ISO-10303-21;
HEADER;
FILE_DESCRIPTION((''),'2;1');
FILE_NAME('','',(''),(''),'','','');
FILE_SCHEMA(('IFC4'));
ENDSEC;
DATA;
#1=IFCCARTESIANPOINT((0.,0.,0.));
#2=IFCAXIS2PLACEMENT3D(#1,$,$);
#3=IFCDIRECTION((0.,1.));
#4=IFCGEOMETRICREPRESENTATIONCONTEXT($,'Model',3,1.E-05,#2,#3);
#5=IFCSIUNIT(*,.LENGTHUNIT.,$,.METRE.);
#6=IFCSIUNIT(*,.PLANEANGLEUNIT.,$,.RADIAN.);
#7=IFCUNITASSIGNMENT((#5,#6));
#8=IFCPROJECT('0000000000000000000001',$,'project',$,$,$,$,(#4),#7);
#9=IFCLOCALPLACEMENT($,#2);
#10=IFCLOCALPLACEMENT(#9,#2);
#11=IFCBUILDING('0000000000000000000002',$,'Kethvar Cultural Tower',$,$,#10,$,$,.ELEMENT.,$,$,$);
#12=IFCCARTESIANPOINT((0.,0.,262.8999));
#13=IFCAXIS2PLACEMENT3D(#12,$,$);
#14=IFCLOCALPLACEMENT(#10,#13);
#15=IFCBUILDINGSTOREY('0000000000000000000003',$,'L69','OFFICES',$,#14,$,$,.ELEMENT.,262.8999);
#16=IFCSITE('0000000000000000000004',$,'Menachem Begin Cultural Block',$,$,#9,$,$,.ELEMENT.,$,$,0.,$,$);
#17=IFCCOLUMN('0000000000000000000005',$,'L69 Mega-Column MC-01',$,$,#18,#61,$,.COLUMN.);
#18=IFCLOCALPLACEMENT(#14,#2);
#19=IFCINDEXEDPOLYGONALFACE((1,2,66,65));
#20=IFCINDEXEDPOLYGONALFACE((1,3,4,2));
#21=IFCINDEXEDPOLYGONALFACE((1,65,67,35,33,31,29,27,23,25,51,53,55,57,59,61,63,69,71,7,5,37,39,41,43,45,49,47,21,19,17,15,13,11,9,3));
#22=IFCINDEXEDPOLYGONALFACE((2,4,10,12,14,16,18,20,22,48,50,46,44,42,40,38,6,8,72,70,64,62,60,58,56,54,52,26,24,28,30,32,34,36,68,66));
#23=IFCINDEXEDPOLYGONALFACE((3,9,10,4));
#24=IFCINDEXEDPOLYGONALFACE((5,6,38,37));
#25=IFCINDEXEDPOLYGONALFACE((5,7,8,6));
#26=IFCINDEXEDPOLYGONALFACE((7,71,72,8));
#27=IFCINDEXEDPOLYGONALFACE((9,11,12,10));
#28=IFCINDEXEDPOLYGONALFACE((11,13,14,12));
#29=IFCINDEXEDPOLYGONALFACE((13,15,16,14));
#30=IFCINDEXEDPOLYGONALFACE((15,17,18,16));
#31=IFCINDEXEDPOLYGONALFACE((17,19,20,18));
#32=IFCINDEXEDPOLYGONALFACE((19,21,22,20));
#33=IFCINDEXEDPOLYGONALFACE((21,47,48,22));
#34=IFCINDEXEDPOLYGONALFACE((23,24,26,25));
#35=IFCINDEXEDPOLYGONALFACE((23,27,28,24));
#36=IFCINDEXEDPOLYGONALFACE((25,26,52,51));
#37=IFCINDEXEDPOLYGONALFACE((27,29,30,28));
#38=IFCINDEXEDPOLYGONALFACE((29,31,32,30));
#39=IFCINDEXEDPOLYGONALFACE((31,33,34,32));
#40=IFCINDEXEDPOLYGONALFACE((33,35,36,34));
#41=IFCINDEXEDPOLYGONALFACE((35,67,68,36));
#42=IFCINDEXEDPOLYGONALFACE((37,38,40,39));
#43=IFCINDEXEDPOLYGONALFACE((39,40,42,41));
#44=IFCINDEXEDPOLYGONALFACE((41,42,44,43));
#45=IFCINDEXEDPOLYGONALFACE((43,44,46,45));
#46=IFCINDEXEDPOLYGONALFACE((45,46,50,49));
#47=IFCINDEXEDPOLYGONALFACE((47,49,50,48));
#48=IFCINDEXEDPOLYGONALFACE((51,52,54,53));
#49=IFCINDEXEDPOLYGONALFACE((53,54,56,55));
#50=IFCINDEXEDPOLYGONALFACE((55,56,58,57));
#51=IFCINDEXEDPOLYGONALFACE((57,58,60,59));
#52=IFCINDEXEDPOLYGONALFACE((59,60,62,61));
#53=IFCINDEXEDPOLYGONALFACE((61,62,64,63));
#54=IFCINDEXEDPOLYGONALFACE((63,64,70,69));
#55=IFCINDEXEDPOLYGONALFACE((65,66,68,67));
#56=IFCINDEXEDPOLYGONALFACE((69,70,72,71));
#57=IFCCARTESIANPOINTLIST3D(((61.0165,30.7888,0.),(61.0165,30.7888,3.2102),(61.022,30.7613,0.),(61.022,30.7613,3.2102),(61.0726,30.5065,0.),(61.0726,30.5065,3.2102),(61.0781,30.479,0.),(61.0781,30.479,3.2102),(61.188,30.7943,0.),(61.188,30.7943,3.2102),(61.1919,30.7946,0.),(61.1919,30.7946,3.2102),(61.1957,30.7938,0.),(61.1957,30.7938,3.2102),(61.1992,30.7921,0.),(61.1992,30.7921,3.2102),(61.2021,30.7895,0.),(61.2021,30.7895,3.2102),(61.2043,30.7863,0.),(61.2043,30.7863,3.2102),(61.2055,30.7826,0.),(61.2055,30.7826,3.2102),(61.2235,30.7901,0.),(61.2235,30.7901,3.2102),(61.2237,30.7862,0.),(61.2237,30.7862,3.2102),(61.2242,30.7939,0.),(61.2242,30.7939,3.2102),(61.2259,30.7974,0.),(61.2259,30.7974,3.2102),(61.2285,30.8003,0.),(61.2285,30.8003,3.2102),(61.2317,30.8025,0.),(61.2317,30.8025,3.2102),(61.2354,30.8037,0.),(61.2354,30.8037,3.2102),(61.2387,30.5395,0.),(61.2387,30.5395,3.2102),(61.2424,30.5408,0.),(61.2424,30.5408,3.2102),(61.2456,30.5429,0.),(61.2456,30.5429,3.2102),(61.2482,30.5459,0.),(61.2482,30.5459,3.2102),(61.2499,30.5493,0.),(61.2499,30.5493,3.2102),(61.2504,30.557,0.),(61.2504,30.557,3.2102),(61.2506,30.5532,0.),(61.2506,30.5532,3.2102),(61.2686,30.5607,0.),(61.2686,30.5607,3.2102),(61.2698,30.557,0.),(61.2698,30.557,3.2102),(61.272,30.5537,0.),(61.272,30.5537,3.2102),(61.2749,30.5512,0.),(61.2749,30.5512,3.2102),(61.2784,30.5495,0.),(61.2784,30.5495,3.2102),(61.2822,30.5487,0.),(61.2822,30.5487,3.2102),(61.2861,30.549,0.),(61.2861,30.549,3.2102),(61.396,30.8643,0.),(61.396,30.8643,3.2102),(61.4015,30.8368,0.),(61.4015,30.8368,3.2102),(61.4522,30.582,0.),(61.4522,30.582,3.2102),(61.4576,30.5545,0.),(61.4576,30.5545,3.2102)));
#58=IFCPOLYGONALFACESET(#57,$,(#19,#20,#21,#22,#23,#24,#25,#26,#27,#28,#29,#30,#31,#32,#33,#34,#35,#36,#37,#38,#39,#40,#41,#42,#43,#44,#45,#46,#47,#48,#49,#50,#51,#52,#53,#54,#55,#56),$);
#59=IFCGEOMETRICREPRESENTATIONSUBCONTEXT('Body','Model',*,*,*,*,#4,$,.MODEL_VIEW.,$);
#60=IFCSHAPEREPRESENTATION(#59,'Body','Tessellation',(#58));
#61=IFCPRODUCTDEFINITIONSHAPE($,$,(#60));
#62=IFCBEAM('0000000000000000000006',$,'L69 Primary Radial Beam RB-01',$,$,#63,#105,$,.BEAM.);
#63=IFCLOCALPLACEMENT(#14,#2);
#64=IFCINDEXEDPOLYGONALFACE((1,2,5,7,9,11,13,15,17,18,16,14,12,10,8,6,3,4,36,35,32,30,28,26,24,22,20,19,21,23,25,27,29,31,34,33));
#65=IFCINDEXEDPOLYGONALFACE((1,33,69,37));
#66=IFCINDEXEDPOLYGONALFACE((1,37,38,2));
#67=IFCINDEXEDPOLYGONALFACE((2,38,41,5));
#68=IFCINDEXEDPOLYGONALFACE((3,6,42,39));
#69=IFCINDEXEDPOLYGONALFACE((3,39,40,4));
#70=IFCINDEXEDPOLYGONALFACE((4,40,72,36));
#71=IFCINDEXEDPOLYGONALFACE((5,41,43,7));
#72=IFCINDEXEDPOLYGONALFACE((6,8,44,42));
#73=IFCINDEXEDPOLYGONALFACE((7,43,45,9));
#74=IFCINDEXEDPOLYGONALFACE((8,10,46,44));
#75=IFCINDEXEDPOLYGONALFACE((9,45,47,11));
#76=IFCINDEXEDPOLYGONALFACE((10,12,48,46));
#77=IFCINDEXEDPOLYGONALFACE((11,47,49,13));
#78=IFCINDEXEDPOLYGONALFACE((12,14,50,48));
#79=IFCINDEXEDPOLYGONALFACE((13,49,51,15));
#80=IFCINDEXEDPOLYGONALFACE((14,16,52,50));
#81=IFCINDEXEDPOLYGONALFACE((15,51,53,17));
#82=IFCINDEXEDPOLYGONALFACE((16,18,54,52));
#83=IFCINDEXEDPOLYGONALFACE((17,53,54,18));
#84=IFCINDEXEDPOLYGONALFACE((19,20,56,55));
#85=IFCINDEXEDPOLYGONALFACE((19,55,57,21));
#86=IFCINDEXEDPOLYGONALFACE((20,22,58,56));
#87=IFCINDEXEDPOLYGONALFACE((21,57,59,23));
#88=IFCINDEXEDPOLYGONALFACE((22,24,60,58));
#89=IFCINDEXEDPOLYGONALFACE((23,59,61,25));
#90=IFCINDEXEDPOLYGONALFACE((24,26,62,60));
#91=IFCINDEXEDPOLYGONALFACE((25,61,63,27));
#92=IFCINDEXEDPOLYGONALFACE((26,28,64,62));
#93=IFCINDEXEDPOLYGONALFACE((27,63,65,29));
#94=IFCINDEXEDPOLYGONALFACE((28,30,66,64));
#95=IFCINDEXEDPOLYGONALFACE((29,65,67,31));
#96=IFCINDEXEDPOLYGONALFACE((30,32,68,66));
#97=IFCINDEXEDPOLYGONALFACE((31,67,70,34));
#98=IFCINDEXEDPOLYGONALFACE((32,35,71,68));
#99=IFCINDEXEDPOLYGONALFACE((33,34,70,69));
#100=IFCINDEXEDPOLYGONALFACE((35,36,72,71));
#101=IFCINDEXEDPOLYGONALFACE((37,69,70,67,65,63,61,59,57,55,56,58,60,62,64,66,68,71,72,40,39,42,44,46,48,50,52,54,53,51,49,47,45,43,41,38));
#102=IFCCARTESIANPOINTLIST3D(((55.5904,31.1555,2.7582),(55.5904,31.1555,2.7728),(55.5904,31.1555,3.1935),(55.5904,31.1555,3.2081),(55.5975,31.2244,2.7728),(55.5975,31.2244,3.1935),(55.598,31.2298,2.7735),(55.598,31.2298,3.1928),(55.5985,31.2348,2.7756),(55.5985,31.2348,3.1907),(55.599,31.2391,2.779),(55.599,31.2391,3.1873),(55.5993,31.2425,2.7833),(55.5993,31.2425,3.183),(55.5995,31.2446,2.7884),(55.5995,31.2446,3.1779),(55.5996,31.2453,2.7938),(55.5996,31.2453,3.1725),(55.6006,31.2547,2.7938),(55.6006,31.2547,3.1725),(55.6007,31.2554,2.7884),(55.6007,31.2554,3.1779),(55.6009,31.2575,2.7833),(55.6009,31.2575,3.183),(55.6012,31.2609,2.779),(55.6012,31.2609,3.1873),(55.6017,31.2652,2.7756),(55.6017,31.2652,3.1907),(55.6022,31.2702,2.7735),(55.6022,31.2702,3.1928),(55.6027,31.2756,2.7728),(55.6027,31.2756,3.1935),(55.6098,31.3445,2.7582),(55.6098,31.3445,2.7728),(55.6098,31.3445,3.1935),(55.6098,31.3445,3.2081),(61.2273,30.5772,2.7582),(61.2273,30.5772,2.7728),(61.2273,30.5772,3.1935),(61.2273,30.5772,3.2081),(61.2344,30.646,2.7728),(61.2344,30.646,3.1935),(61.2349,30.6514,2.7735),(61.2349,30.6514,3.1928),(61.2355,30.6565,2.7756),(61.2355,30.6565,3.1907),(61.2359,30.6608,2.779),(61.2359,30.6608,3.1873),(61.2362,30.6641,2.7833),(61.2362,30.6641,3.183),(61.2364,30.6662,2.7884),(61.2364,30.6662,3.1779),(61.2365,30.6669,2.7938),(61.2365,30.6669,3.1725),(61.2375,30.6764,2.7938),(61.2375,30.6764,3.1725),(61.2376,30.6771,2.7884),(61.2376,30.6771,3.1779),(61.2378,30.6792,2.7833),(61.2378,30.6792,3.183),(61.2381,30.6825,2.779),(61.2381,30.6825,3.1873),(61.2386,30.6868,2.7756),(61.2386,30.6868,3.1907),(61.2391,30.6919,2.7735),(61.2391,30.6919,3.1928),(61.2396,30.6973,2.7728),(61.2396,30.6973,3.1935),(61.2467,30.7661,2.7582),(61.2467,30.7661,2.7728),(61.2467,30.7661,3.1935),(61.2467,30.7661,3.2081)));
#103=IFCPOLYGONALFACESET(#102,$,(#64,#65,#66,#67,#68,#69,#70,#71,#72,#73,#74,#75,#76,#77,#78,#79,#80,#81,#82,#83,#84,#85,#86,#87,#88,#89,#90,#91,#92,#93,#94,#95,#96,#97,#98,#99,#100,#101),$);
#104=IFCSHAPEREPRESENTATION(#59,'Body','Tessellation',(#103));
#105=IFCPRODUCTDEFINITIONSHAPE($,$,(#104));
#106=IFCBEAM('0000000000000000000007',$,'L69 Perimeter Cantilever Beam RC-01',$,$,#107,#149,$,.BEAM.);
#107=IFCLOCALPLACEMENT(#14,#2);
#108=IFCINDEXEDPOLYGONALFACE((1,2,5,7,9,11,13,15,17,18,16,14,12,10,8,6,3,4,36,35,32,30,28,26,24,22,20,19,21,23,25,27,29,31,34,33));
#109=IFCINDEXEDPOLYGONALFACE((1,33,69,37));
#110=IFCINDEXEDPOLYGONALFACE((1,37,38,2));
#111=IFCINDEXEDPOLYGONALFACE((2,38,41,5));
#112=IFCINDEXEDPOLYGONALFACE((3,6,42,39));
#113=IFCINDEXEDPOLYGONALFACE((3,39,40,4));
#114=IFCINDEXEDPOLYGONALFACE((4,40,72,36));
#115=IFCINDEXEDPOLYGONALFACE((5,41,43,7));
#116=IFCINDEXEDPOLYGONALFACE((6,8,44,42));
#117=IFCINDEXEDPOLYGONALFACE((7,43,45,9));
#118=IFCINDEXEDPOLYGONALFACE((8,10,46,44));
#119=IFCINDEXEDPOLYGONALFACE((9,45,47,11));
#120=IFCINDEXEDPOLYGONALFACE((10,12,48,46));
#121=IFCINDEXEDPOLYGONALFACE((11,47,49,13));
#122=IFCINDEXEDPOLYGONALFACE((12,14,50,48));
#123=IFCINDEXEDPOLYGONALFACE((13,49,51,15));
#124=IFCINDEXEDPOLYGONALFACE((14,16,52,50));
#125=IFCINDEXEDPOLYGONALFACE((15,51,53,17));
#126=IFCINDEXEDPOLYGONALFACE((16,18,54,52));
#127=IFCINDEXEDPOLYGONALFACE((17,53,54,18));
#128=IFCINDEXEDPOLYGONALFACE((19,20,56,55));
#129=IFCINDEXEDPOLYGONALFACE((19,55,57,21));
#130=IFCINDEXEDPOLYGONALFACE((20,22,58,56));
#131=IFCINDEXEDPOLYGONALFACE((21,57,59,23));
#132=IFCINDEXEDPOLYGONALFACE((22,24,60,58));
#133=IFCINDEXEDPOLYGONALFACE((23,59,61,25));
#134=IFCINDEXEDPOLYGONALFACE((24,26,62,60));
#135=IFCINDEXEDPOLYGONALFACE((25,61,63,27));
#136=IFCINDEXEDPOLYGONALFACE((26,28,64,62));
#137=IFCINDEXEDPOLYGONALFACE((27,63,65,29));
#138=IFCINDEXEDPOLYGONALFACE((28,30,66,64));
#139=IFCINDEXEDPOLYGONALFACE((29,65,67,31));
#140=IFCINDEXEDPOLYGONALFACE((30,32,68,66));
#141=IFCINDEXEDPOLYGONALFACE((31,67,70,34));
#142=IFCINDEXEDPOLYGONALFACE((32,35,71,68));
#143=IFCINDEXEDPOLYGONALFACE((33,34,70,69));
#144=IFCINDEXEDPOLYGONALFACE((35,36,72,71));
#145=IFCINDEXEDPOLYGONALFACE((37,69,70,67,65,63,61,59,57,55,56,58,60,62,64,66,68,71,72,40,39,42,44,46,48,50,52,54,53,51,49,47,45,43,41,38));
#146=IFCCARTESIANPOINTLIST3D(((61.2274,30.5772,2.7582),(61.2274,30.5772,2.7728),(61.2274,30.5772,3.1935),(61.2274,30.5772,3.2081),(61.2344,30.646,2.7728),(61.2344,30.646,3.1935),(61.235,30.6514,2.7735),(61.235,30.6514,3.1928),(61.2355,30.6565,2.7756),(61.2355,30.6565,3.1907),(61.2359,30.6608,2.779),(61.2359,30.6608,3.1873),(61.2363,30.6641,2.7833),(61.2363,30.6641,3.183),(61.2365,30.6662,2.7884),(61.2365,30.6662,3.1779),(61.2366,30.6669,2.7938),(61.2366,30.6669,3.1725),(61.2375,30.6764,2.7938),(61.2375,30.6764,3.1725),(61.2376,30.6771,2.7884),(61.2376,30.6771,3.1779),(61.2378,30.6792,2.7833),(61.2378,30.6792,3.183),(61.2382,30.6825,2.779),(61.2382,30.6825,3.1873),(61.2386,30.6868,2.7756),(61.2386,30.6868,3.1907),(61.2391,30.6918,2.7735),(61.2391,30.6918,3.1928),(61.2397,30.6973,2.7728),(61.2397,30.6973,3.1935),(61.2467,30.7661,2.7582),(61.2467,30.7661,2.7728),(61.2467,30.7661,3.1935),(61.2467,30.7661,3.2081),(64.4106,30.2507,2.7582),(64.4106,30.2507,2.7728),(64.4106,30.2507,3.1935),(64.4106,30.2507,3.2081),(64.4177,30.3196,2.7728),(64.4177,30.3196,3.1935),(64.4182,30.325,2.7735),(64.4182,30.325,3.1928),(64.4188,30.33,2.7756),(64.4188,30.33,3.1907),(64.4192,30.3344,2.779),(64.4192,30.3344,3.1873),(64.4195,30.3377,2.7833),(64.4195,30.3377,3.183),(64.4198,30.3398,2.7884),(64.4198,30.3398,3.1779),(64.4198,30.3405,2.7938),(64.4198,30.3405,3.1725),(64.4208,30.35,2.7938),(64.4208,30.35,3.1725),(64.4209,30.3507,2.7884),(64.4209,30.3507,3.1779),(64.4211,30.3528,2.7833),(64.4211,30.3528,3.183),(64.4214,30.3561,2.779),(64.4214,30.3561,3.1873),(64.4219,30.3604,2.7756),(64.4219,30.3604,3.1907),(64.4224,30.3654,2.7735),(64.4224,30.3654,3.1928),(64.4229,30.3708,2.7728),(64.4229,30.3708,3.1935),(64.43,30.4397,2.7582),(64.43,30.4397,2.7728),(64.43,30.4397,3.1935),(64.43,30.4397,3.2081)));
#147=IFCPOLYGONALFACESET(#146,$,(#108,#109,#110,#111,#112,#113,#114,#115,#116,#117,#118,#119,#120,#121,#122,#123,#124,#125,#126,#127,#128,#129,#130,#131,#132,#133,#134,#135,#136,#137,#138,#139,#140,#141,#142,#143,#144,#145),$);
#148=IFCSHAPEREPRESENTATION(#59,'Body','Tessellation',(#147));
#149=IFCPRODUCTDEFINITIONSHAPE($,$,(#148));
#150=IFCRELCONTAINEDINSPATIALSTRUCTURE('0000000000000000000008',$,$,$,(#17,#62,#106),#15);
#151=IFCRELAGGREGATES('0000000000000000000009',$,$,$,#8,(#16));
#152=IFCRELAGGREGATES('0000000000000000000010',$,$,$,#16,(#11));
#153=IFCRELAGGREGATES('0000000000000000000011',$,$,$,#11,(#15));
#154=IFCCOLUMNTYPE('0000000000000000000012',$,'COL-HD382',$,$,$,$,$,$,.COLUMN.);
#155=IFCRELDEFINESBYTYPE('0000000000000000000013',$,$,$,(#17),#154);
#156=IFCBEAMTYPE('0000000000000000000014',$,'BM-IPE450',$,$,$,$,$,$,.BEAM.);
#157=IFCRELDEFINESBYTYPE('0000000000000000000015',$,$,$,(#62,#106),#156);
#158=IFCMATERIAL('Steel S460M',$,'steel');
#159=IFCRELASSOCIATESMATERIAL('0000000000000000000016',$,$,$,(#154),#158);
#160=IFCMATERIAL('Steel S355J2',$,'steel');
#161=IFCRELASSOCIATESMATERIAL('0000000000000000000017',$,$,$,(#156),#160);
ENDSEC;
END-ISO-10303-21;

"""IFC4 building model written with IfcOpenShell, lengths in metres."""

from ifc_helpers import new_model, si_unit, direction, frame, origin, origin_2d, place, context, subcontext, project, spatial, i_section, extrude, source, transform, mapped, material, material_profile, profile_set, type_object, element, save


model = new_model("IFC4")

# Units and contexts
model_context = context("Model", 3, precision=1e-05, world=origin(), true_north=direction((0.0, 1.0)))
body_context = subcontext(model_context, "Body", "Model", "MODEL_VIEW")
ifc_project = project(units=[si_unit("LENGTHUNIT", "METRE"), si_unit("PLANEANGLEUNIT", "RADIAN")], contexts=[model_context])

# Site, building, storey
site_placement = place(None, origin())
site = spatial("IfcSite", under=ifc_project, at=site_placement, Name="Menachem Begin Cultural Block", CompositionType="ELEMENT", RefElevation=0.0)
building_placement = place(site_placement, origin())
building = spatial("IfcBuilding", under=site, at=building_placement, Name="Kethvar Cultural Tower", CompositionType="ELEMENT")
storey_placement = place(building_placement, frame((0.0, 0.0, 262.8999)))
storey = spatial("IfcBuildingStorey", under=building, at=storey_placement, Name="L69", Description="OFFICES", CompositionType="ELEMENT", Elevation=262.8999)

# Column
ifc_material_1 = material(Name="Steel S460M", Category="steel")
ifc_material_profile_1 = material_profile(ifc_material_1, i_section(OverallWidth=0.387, OverallDepth=0.3159, WebThickness=0.0186, FlangeThickness=0.0281, FilletRadius=0.0149, at=origin_2d()), Name="Steel S460M — HD400x382")
ifc_profile_set_1 = profile_set([ifc_material_profile_1], Name="Steel S460M — HD400x382")
column_type = type_object("IfcColumnType", Name="COL-HD382", PredefinedType="COLUMN", material=ifc_profile_set_1)
shared_shape_1 = source(origin(), body_context, "Body", "SweptSolid", [
    extrude(i_section(OverallWidth=0.387, OverallDepth=0.3159, WebThickness=0.0186, FlangeThickness=0.0281, FilletRadius=0.0149, at=origin_2d()), origin(), (0.0, 0.0, 1.0), 3.2102),
])
column_placement = place(storey_placement, frame((61.2371, 30.6716, 0.0), z_axis=(0.0, 0.0, 1.0), x_axis=(0.980785, 0.19509, 0.0)))
element("IfcColumn", 1, at=column_placement, inside=storey, type_object=column_type, Name="L69 Mega-Column MC-01", PredefinedType="COLUMN", context=body_context, shape_type="MappedRepresentation", body=[
    mapped(shared_shape_1, transform((0.0, 0.0, 0.0), scale=1.0)),
])

# Beams
ifc_material_2 = material(Name="Steel S355J2", Category="steel")
ifc_material_profile_2 = material_profile(ifc_material_2, i_section(OverallWidth=0.1899, OverallDepth=0.45, WebThickness=0.0095, FlangeThickness=0.0146, FilletRadius=0.021, at=origin_2d()), Name="Steel S355J2 — IPE450")
ifc_profile_set_2 = profile_set([ifc_material_profile_2], Name="Steel S355J2 — IPE450")
beam_type_1 = type_object("IfcBeamType", Name="BM-IPE450", PredefinedType="BEAM", material=ifc_profile_set_2)
shared_shape_2 = source(origin(), body_context, "Body", "SweptSolid", [
    extrude(i_section(OverallWidth=0.1899, OverallDepth=0.45, WebThickness=0.0095, FlangeThickness=0.0146, FilletRadius=0.021, at=origin_2d()), origin(), (0.0, 0.0, 1.0), 5.6665),
])
beam_1_placement = place(storey_placement, frame((55.6001, 31.25, 2.9832), z_axis=(0.994778, -0.102067, 0.0), x_axis=(0.102067, 0.994778, 0.0)))
element("IfcBeam", 2, at=beam_1_placement, inside=storey, type_object=beam_type_1, Name="L69 Primary Radial Beam RB-01", PredefinedType="BEAM", context=body_context, shape_type="MappedRepresentation", body=[
    mapped(shared_shape_2, transform((0.0, 0.0, 0.0), scale=1.0)),
])
shared_shape_3 = source(origin(), body_context, "Body", "SweptSolid", [
    extrude(i_section(OverallWidth=0.1899, OverallDepth=0.45, WebThickness=0.0095, FlangeThickness=0.0146, FilletRadius=0.021, at=origin_2d()), origin(), (0.0, 0.0, 1.0), 3.2),
])
beam_2_placement = place(storey_placement, frame((61.2371, 30.6716, 2.9832), z_axis=(0.994784, -0.102004, 0.0), x_axis=(0.102004, 0.994784, 0.0)))
element("IfcBeam", 3, at=beam_2_placement, inside=storey, type_object=beam_type_1, Name="L69 Perimeter Cantilever Beam RC-01", PredefinedType="BEAM", context=body_context, shape_type="MappedRepresentation", body=[
    mapped(shared_shape_3, transform((0.0, 0.0, 0.0), scale=1.0)),
])

save(model, "model.ifc")
